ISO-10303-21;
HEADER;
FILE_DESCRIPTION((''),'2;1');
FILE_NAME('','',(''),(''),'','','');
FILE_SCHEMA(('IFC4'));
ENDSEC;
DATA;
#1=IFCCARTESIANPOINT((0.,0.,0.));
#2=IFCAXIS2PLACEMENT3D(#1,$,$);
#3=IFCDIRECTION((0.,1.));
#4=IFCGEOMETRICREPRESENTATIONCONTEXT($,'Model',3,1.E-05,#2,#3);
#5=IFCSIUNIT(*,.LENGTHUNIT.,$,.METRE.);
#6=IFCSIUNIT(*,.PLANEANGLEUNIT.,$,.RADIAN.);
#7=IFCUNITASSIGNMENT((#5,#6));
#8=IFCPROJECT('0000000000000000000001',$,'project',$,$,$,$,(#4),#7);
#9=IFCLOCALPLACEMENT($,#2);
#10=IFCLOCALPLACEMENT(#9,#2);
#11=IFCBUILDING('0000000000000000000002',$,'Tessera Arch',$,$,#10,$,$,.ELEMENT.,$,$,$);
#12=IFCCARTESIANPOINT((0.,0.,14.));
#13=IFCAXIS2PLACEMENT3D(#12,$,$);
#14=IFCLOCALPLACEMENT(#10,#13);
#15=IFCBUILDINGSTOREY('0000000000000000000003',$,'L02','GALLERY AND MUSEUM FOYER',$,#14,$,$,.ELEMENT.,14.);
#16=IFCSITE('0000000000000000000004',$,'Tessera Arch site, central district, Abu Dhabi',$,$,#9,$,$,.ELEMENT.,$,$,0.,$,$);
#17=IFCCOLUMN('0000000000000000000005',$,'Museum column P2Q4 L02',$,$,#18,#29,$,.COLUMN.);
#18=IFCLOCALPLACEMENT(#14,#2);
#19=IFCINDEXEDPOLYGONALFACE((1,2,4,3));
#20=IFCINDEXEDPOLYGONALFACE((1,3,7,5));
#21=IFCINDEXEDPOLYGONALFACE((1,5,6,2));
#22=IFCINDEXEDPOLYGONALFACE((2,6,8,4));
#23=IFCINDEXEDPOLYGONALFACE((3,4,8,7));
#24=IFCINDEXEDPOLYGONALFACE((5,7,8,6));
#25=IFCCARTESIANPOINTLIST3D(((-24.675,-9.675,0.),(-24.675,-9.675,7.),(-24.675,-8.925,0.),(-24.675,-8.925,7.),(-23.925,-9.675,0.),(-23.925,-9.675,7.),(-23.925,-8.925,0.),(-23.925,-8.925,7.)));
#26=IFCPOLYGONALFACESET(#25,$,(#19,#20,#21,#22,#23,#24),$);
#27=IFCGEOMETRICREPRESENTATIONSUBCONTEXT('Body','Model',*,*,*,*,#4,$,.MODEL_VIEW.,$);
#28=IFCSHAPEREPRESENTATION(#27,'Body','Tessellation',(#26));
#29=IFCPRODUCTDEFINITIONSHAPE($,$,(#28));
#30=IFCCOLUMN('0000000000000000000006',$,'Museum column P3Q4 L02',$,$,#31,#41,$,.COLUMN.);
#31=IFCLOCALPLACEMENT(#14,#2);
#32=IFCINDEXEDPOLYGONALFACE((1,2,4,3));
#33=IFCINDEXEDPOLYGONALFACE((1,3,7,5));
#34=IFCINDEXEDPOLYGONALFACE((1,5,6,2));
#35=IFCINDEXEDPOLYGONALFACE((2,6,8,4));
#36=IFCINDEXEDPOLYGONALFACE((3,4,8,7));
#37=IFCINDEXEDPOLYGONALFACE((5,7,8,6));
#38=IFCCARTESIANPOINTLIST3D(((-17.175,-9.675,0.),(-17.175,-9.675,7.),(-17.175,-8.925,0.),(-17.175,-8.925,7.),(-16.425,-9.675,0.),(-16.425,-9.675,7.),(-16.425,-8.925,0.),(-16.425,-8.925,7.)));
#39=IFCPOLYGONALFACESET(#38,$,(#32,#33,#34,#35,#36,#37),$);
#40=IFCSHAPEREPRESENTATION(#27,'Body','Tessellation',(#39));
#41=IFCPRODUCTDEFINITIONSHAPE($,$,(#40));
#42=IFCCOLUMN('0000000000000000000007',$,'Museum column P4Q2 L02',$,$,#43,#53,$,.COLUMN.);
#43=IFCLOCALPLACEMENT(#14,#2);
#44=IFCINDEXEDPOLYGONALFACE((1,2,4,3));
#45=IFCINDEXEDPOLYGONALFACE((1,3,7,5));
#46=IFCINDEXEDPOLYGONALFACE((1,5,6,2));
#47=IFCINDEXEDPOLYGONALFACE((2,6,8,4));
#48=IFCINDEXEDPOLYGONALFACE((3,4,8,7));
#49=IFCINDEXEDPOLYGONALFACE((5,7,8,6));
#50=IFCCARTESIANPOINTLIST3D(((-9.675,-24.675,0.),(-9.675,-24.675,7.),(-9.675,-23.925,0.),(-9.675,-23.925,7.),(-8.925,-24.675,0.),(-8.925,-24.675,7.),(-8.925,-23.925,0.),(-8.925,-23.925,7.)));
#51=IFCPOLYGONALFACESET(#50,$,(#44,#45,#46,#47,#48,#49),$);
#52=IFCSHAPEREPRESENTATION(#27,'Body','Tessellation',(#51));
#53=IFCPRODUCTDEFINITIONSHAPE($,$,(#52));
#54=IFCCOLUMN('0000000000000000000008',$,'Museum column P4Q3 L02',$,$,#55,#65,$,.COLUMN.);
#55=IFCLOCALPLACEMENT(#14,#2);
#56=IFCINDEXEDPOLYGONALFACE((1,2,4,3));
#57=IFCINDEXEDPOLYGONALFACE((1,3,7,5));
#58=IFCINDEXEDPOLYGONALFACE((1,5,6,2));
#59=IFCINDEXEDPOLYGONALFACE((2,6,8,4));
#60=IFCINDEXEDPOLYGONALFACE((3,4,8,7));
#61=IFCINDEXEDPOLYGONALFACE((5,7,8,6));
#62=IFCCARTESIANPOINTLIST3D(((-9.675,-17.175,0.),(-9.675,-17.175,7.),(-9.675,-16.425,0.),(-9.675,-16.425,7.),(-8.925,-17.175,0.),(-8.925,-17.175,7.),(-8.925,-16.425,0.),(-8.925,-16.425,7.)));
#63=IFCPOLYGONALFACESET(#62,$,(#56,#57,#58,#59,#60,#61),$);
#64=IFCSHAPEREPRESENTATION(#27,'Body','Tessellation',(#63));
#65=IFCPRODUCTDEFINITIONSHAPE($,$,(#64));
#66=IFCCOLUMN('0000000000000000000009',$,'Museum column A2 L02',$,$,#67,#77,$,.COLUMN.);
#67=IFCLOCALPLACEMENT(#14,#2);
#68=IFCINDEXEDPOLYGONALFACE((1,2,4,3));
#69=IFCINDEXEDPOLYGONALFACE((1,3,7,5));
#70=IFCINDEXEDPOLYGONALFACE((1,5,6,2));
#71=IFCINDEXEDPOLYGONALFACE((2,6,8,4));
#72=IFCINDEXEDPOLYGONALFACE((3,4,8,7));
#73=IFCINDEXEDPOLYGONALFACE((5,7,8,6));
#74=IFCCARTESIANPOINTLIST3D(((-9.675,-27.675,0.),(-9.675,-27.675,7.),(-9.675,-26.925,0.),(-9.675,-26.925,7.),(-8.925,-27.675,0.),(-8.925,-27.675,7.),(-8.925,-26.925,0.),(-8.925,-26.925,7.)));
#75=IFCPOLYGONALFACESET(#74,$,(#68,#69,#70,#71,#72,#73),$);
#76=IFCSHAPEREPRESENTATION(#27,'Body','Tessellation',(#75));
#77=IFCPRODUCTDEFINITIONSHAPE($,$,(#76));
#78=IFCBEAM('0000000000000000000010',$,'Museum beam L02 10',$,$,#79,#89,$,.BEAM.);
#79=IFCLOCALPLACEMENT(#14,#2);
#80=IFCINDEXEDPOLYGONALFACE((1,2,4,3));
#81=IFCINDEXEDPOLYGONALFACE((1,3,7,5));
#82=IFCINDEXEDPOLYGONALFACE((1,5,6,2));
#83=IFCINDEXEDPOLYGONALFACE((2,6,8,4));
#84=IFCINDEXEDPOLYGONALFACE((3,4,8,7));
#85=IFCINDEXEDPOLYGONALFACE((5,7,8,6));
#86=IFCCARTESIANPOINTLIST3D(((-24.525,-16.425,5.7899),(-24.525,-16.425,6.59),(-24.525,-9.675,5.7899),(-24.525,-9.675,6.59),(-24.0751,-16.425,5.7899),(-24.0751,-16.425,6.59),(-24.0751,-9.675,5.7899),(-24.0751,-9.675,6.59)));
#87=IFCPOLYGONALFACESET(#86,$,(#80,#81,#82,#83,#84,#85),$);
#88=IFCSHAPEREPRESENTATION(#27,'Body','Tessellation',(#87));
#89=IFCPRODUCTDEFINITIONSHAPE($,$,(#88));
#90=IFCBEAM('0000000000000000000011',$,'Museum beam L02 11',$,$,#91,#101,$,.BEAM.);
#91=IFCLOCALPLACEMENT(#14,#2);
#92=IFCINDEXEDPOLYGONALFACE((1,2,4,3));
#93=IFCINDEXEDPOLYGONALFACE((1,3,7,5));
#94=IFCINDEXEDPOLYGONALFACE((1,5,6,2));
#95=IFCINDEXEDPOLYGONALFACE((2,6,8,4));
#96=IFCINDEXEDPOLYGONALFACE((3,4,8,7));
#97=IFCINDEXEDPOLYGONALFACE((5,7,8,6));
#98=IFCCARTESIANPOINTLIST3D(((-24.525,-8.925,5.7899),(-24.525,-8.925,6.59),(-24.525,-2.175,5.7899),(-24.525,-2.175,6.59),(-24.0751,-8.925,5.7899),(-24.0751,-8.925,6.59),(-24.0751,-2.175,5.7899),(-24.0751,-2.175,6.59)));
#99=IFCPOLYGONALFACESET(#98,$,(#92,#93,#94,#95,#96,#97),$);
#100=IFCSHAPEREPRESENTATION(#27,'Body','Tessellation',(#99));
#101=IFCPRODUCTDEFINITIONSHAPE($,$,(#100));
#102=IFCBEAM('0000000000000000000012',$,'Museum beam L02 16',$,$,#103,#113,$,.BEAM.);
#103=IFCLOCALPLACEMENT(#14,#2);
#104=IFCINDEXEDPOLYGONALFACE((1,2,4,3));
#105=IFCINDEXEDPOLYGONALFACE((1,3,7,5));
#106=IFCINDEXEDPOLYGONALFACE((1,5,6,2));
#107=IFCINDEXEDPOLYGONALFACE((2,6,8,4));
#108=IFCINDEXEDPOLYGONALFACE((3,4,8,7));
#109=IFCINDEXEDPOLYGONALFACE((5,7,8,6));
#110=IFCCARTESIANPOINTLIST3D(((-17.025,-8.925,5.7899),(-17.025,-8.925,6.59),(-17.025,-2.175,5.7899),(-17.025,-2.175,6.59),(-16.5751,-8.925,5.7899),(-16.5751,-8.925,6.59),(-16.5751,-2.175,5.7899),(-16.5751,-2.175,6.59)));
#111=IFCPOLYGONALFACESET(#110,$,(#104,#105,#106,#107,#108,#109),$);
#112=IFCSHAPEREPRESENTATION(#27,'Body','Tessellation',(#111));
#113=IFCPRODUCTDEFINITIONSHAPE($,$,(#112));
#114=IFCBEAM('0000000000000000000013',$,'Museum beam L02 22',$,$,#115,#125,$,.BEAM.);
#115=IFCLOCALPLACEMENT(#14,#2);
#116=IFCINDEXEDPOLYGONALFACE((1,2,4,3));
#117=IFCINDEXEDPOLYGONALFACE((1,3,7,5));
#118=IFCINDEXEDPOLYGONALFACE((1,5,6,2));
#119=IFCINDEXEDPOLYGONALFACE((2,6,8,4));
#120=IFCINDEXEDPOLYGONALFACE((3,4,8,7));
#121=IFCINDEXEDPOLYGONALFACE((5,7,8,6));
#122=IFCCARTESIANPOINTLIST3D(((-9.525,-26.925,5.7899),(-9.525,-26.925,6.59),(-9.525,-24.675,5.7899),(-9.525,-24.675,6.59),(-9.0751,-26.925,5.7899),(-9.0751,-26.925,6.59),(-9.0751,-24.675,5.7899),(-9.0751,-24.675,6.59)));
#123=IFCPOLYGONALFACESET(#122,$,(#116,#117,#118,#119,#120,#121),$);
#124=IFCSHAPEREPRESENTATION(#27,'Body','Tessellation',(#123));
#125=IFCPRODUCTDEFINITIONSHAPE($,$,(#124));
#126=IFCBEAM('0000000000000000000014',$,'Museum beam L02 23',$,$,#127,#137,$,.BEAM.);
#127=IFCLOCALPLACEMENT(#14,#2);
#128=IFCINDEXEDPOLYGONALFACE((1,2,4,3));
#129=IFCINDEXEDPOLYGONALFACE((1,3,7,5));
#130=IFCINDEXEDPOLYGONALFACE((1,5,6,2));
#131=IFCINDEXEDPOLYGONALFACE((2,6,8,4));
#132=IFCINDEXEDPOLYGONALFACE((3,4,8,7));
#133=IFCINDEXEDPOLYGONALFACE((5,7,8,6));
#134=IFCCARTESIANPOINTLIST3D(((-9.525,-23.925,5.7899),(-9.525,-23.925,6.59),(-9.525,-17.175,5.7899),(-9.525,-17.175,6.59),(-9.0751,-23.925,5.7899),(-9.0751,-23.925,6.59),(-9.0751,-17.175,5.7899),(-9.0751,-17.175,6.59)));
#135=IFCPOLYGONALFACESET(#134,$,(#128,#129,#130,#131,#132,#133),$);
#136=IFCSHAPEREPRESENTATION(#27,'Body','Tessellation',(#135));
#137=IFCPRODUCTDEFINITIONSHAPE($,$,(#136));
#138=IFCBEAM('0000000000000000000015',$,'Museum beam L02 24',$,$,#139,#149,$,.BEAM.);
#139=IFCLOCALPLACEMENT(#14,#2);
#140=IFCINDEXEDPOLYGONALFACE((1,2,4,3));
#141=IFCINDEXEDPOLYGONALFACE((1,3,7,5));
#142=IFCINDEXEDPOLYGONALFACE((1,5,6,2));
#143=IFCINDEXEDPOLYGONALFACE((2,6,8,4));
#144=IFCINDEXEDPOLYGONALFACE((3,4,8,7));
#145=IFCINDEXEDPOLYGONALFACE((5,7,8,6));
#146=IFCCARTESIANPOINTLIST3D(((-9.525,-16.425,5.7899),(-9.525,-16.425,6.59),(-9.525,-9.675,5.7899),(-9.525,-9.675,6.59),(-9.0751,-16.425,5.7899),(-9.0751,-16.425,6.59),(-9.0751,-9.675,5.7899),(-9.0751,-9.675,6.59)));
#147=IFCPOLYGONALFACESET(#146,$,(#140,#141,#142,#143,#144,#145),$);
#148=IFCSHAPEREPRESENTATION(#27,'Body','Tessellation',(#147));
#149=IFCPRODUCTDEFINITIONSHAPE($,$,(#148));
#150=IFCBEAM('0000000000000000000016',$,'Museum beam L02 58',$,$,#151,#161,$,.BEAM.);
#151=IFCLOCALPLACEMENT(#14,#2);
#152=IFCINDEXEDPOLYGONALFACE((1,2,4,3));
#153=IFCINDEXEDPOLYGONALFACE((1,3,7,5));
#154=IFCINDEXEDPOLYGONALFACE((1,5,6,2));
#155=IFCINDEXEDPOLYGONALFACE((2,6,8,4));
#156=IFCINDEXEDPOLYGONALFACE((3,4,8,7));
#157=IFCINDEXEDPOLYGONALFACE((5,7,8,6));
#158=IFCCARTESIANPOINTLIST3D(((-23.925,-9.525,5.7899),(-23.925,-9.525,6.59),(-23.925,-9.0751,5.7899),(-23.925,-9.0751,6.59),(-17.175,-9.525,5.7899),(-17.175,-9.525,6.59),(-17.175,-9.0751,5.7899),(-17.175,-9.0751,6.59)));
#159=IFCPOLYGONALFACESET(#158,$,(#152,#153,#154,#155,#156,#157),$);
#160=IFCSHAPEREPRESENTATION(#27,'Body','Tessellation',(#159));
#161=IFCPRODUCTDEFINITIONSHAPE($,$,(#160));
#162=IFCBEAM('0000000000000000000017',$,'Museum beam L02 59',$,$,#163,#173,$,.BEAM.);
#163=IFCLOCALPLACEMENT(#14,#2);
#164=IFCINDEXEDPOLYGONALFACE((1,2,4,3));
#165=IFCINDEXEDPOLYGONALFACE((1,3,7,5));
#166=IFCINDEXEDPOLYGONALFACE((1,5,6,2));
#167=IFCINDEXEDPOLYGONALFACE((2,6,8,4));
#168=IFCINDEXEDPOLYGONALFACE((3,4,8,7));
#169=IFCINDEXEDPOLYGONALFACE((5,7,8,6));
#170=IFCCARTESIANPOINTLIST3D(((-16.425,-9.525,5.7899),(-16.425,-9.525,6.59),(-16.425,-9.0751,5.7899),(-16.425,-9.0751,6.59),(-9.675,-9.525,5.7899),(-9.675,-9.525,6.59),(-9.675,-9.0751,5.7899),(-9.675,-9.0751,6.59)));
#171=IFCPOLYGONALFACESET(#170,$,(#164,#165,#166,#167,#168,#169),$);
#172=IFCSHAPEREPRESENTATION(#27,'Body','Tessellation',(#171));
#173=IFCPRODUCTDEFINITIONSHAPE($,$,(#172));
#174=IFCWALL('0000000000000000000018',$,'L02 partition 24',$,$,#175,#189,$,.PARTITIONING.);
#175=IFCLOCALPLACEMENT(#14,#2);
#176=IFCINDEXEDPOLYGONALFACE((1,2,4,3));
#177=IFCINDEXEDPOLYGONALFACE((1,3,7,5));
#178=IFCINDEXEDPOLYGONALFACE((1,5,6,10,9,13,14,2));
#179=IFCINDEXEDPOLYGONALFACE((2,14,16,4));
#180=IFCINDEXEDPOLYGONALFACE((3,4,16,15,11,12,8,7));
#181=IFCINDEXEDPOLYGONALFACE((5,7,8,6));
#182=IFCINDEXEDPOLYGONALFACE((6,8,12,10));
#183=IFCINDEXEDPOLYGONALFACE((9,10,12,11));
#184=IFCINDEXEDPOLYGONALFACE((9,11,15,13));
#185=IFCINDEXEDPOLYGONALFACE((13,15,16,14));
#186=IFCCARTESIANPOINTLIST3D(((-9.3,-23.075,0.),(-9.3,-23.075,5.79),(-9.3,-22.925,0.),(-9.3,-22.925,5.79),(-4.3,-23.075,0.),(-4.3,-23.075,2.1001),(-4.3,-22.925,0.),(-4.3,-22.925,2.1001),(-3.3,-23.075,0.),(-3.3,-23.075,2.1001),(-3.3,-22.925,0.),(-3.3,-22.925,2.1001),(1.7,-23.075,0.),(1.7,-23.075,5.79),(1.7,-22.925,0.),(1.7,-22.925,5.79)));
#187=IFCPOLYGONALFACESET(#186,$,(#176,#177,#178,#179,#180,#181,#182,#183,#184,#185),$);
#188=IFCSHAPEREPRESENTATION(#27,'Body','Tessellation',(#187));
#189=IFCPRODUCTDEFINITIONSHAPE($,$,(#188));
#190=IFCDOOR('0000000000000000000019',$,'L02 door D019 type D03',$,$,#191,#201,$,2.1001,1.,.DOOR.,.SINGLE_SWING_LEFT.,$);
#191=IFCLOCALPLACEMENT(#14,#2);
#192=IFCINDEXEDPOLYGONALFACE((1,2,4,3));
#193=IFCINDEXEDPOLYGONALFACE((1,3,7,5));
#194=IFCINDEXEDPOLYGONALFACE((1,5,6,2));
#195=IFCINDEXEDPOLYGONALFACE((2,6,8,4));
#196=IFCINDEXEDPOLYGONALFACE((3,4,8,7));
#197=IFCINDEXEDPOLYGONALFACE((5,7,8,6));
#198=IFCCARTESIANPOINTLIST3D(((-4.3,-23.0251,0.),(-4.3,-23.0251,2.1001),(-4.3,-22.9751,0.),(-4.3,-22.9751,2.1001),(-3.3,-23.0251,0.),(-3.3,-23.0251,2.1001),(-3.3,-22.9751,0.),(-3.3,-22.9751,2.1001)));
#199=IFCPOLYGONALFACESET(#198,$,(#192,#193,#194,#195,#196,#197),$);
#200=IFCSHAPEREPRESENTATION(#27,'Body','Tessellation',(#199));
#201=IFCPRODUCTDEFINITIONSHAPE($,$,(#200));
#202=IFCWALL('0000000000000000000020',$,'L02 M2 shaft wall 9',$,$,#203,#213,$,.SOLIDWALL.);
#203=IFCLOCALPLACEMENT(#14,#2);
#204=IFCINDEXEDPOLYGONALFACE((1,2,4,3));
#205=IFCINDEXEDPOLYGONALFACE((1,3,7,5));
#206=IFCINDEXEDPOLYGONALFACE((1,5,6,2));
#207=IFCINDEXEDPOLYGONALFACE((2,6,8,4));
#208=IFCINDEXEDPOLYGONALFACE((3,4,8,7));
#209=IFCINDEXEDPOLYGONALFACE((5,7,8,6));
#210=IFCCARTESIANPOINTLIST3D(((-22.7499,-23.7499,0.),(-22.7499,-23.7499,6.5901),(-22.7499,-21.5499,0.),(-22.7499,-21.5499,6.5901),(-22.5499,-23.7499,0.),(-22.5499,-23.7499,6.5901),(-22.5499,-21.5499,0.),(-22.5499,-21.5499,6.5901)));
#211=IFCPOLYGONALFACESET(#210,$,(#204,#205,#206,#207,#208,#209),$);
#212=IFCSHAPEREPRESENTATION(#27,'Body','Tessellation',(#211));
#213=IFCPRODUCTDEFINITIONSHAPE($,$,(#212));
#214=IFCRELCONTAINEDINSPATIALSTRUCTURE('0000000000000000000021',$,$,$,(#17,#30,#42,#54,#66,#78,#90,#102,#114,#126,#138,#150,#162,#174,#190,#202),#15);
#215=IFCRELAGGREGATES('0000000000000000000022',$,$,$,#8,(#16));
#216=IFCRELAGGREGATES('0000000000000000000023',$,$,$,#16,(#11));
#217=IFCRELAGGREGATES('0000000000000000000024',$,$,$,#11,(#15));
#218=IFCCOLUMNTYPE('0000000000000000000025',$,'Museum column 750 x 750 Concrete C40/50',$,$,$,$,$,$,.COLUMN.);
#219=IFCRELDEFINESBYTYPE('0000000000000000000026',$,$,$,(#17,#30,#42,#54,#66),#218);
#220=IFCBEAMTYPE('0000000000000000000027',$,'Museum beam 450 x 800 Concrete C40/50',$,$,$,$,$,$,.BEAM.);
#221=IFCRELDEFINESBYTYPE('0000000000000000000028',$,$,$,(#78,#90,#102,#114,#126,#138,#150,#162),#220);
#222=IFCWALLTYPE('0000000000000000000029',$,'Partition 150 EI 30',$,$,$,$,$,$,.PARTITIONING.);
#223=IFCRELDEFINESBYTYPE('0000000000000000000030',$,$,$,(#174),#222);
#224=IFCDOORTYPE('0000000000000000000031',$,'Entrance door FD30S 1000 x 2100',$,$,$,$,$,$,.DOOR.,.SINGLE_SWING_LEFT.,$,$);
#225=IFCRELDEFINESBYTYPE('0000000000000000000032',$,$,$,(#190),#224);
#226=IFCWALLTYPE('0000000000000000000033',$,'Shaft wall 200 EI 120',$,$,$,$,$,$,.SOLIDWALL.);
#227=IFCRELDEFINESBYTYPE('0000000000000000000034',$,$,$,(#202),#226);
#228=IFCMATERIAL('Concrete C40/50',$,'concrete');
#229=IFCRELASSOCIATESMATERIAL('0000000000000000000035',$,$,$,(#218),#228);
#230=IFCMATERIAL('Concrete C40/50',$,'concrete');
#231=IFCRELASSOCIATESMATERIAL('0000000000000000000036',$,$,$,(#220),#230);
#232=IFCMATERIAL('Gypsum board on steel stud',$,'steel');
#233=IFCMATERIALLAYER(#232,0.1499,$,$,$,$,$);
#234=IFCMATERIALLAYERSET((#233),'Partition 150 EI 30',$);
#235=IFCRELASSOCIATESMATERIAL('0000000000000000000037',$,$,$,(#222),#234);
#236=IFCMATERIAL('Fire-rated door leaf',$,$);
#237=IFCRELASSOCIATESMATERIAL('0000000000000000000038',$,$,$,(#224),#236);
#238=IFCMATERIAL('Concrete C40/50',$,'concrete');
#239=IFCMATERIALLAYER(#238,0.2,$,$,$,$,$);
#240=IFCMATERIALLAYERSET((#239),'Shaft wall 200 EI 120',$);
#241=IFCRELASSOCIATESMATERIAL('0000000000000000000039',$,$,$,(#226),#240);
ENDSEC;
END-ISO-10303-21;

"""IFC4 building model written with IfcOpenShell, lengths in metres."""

from ifc_helpers import new_model, si_unit, direction, frame, frame_2d, origin, origin_2d, place, context, subcontext, project, spatial, rectangle, extrude, material, layer, layer_set, material_profile, profile_set, type_object, element, fill, save


model = new_model("IFC4")

# Units and contexts
model_context = context("Model", 3, precision=1e-05, world=origin(), true_north=direction((0.0, 1.0)))
body_context = subcontext(model_context, "Body", "Model", "MODEL_VIEW")
ifc_project = project(units=[si_unit("LENGTHUNIT", "METRE"), si_unit("PLANEANGLEUNIT", "RADIAN")], contexts=[model_context])

# Site, building, storey
site_placement = place(None, origin())
site = spatial("IfcSite", under=ifc_project, at=site_placement, Name="Tessera Arch site, central district, Abu Dhabi", CompositionType="ELEMENT", RefElevation=0.0)
building_placement = place(site_placement, origin())
building = spatial("IfcBuilding", under=site, at=building_placement, Name="Tessera Arch", CompositionType="ELEMENT")
storey_placement = place(building_placement, frame((0.0, 0.0, 14.0)))
storey = spatial("IfcBuildingStorey", under=building, at=storey_placement, Name="L02", Description="GALLERY AND MUSEUM FOYER", CompositionType="ELEMENT", Elevation=14.0)

# Columns
ifc_material_1 = material(Name="Concrete C40/50", Category="concrete")
ifc_material_profile_1 = material_profile(ifc_material_1, rectangle(XDim=0.75, YDim=0.75, at=origin_2d()), Name="Museum column 750 x 750 Concrete C40/50")
ifc_profile_set_1 = profile_set([ifc_material_profile_1], Name="Concrete C40/50")
column_type = type_object("IfcColumnType", Name="Museum column 750 x 750 Concrete C40/50", PredefinedType="COLUMN", material=ifc_profile_set_1)
for number, where, z_axis, x_axis, name in (
    (1, (-24.3, -9.3, 0.0), (0.0, 0.0, 1.0), (1.0, 0.0, 0.0), "Museum column P2Q4 L02"),
    (2, (-16.8, -9.3, 0.0), (0.0, 0.0, 1.0), (1.0, 0.0, 0.0), "Museum column P3Q4 L02"),
    (3, (-9.3, -24.3, 0.0), (0.0, 0.0, 1.0), (1.0, 0.0, 0.0), "Museum column P4Q2 L02"),
    (4, (-9.3, -16.8, 0.0), (0.0, 0.0, 1.0), (1.0, 0.0, 0.0), "Museum column P4Q3 L02"),
    (5, (-9.3, -27.3, 0.0), (0.0, 0.0, 1.0), (1.0, 0.0, 0.0), "Museum column A2 L02"),
):
    element("IfcColumn", number, at=place(storey_placement, frame(where, z_axis=z_axis, x_axis=x_axis)), inside=storey, type_object=column_type, Name=name, PredefinedType="COLUMN", context=body_context, shape_type="SweptSolid", body=[
        extrude(rectangle(XDim=0.75, YDim=0.75, at=origin_2d()), origin(), (0.0, 0.0, 1.0), 7.0),
    ])

# Beams
ifc_material_2 = material(Name="Concrete C40/50", Category="concrete")
ifc_material_profile_2 = material_profile(ifc_material_2, rectangle(XDim=0.45, YDim=0.8, at=origin_2d()), Name="Museum beam 450 x 800 Concrete C40/50")
ifc_profile_set_2 = profile_set([ifc_material_profile_2], Name="Concrete C40/50")
beam_type = type_object("IfcBeamType", Name="Museum beam 450 x 800 Concrete C40/50", PredefinedType="BEAM", material=ifc_profile_set_2)
for number, where, z_axis, x_axis, name in (
    (6, (-24.3, -16.425, 6.1899), (0.0, 1.0, 0.0), (-1.0, 0.0, 0.0), "Museum beam L02 10"),
    (7, (-24.3, -8.925, 6.1899), (0.0, 1.0, 0.0), (-1.0, 0.0, 0.0), "Museum beam L02 11"),
    (8, (-16.8, -8.925, 6.1899), (0.0, 1.0, 0.0), (-1.0, 0.0, 0.0), "Museum beam L02 16"),
):
    element("IfcBeam", number, at=place(storey_placement, frame(where, z_axis=z_axis, x_axis=x_axis)), inside=storey, type_object=beam_type, Name=name, PredefinedType="BEAM", context=body_context, shape_type="SweptSolid", body=[
        extrude(rectangle(XDim=0.45, YDim=0.8, at=origin_2d()), origin(), (0.0, 0.0, 1.0), 6.75),
    ])
beam_placement = place(storey_placement, frame((-9.3, -26.925, 6.1899), z_axis=(0.0, 1.0, 0.0), x_axis=(-1.0, 0.0, 0.0)))
element("IfcBeam", 9, at=beam_placement, inside=storey, type_object=beam_type, Name="Museum beam L02 22", PredefinedType="BEAM", context=body_context, shape_type="SweptSolid", body=[
    extrude(rectangle(XDim=0.45, YDim=0.8, at=origin_2d()), origin(), (0.0, 0.0, 1.0), 2.25),
])
for number, where, z_axis, x_axis, name in (
    (10, (-9.3, -23.925, 6.1899), (0.0, 1.0, 0.0), (-1.0, 0.0, 0.0), "Museum beam L02 23"),
    (11, (-9.3, -16.425, 6.1899), (0.0, 1.0, 0.0), (-1.0, 0.0, 0.0), "Museum beam L02 24"),
    (12, (-23.925, -9.3, 6.1899), (1.0, 0.0, 0.0), (0.0, 1.0, 0.0), "Museum beam L02 58"),
    (13, (-16.425, -9.3, 6.1899), (1.0, 0.0, 0.0), (0.0, 1.0, 0.0), "Museum beam L02 59"),
):
    element("IfcBeam", number, at=place(storey_placement, frame(where, z_axis=z_axis, x_axis=x_axis)), inside=storey, type_object=beam_type, Name=name, PredefinedType="BEAM", context=body_context, shape_type="SweptSolid", body=[
        extrude(rectangle(XDim=0.45, YDim=0.8, at=origin_2d()), origin(), (0.0, 0.0, 1.0), 6.75),
    ])

# Wall, opening, door
ifc_material_3 = material(Name="Gypsum board on steel stud", Category="steel")
ifc_layer_1 = layer(ifc_material_3, 0.1499)
ifc_layer_set_1 = layer_set([ifc_layer_1], Name="Partition 150 EI 30")
wall_type_1 = type_object("IfcWallType", Name="Partition 150 EI 30", PredefinedType="PARTITIONING", material=ifc_layer_set_1)
wall_1_placement = place(storey_placement, frame((-9.3, -23.0, 0.0), z_axis=(0.0, 0.0, 1.0), x_axis=(1.0, 0.0, 0.0)))
wall_1 = element("IfcWall", 14, at=wall_1_placement, inside=storey, type_object=wall_type_1, Name="L02 partition 24", PredefinedType="PARTITIONING", context=body_context, shape_type="SweptSolid", body=[
    extrude(rectangle(XDim=11.0, YDim=0.1499, at=frame_2d((5.5, 0.0))), origin(), (0.0, 0.0, 1.0), 5.79),
])
opening_1_placement = place(wall_1_placement, frame((5.0, 0.0, 0.0)))
opening_1 = element("IfcOpeningElement", 15, at=opening_1_placement, cuts=wall_1, PredefinedType="OPENING", context=body_context, shape_type="SweptSolid", body=[
    extrude(rectangle(XDim=1.0, YDim=2.1001, at=frame_2d((0.5, 1.05))), frame((0.0, 0.085, 0.0), z_axis=(0.0, -1.0, 0.0), x_axis=(1.0, 0.0, 0.0)), (0.0, 0.0, 1.0), 0.1699),
])
ifc_material_4 = material(Name="Fire-rated door leaf")
door_type_1 = type_object("IfcDoorType", Name="Entrance door FD30S 1000 x 2100", OperationType="SINGLE_SWING_LEFT", PredefinedType="DOOR", material=ifc_material_4)
door_1_placement = place(opening_1_placement, origin())
door_1 = element("IfcDoor", 16, at=door_1_placement, inside=storey, type_object=door_type_1, Name="L02 door D019 type D03", OperationType="SINGLE_SWING_LEFT", OverallHeight=2.1001, OverallWidth=1.0, PredefinedType="DOOR", context=body_context, shape_type="SweptSolid", body=[
    extrude(rectangle(XDim=1.0, YDim=2.1001, at=frame_2d((0.5, 1.05))), frame((0.0, 0.0249, 0.0), z_axis=(0.0, -1.0, 0.0), x_axis=(1.0, 0.0, 0.0)), (0.0, 0.0, 1.0), 0.05),
])
fill(opening_1, door_1)

# Wall
ifc_material_5 = material(Name="Concrete C40/50", Category="concrete")
ifc_layer_2 = layer(ifc_material_5, 0.2)
ifc_layer_set_2 = layer_set([ifc_layer_2], Name="Shaft wall 200 EI 120")
wall_type_2 = type_object("IfcWallType", Name="Shaft wall 200 EI 120", PredefinedType="SOLIDWALL", material=ifc_layer_set_2)
wall_2_placement = place(storey_placement, frame((-22.6499, -23.75, 0.0), z_axis=(0.0, 0.0, 1.0), x_axis=(0.0, 1.0, 0.0)))
element("IfcWall", 17, at=wall_2_placement, inside=storey, type_object=wall_type_2, Name="L02 M2 shaft wall 9", PredefinedType="SOLIDWALL", context=body_context, shape_type="SweptSolid", body=[
    extrude(rectangle(XDim=2.2, YDim=0.2, at=frame_2d((1.1001, 0.0))), origin(), (0.0, 0.0, 1.0), 6.5901),
])

save(model, "model.ifc")
